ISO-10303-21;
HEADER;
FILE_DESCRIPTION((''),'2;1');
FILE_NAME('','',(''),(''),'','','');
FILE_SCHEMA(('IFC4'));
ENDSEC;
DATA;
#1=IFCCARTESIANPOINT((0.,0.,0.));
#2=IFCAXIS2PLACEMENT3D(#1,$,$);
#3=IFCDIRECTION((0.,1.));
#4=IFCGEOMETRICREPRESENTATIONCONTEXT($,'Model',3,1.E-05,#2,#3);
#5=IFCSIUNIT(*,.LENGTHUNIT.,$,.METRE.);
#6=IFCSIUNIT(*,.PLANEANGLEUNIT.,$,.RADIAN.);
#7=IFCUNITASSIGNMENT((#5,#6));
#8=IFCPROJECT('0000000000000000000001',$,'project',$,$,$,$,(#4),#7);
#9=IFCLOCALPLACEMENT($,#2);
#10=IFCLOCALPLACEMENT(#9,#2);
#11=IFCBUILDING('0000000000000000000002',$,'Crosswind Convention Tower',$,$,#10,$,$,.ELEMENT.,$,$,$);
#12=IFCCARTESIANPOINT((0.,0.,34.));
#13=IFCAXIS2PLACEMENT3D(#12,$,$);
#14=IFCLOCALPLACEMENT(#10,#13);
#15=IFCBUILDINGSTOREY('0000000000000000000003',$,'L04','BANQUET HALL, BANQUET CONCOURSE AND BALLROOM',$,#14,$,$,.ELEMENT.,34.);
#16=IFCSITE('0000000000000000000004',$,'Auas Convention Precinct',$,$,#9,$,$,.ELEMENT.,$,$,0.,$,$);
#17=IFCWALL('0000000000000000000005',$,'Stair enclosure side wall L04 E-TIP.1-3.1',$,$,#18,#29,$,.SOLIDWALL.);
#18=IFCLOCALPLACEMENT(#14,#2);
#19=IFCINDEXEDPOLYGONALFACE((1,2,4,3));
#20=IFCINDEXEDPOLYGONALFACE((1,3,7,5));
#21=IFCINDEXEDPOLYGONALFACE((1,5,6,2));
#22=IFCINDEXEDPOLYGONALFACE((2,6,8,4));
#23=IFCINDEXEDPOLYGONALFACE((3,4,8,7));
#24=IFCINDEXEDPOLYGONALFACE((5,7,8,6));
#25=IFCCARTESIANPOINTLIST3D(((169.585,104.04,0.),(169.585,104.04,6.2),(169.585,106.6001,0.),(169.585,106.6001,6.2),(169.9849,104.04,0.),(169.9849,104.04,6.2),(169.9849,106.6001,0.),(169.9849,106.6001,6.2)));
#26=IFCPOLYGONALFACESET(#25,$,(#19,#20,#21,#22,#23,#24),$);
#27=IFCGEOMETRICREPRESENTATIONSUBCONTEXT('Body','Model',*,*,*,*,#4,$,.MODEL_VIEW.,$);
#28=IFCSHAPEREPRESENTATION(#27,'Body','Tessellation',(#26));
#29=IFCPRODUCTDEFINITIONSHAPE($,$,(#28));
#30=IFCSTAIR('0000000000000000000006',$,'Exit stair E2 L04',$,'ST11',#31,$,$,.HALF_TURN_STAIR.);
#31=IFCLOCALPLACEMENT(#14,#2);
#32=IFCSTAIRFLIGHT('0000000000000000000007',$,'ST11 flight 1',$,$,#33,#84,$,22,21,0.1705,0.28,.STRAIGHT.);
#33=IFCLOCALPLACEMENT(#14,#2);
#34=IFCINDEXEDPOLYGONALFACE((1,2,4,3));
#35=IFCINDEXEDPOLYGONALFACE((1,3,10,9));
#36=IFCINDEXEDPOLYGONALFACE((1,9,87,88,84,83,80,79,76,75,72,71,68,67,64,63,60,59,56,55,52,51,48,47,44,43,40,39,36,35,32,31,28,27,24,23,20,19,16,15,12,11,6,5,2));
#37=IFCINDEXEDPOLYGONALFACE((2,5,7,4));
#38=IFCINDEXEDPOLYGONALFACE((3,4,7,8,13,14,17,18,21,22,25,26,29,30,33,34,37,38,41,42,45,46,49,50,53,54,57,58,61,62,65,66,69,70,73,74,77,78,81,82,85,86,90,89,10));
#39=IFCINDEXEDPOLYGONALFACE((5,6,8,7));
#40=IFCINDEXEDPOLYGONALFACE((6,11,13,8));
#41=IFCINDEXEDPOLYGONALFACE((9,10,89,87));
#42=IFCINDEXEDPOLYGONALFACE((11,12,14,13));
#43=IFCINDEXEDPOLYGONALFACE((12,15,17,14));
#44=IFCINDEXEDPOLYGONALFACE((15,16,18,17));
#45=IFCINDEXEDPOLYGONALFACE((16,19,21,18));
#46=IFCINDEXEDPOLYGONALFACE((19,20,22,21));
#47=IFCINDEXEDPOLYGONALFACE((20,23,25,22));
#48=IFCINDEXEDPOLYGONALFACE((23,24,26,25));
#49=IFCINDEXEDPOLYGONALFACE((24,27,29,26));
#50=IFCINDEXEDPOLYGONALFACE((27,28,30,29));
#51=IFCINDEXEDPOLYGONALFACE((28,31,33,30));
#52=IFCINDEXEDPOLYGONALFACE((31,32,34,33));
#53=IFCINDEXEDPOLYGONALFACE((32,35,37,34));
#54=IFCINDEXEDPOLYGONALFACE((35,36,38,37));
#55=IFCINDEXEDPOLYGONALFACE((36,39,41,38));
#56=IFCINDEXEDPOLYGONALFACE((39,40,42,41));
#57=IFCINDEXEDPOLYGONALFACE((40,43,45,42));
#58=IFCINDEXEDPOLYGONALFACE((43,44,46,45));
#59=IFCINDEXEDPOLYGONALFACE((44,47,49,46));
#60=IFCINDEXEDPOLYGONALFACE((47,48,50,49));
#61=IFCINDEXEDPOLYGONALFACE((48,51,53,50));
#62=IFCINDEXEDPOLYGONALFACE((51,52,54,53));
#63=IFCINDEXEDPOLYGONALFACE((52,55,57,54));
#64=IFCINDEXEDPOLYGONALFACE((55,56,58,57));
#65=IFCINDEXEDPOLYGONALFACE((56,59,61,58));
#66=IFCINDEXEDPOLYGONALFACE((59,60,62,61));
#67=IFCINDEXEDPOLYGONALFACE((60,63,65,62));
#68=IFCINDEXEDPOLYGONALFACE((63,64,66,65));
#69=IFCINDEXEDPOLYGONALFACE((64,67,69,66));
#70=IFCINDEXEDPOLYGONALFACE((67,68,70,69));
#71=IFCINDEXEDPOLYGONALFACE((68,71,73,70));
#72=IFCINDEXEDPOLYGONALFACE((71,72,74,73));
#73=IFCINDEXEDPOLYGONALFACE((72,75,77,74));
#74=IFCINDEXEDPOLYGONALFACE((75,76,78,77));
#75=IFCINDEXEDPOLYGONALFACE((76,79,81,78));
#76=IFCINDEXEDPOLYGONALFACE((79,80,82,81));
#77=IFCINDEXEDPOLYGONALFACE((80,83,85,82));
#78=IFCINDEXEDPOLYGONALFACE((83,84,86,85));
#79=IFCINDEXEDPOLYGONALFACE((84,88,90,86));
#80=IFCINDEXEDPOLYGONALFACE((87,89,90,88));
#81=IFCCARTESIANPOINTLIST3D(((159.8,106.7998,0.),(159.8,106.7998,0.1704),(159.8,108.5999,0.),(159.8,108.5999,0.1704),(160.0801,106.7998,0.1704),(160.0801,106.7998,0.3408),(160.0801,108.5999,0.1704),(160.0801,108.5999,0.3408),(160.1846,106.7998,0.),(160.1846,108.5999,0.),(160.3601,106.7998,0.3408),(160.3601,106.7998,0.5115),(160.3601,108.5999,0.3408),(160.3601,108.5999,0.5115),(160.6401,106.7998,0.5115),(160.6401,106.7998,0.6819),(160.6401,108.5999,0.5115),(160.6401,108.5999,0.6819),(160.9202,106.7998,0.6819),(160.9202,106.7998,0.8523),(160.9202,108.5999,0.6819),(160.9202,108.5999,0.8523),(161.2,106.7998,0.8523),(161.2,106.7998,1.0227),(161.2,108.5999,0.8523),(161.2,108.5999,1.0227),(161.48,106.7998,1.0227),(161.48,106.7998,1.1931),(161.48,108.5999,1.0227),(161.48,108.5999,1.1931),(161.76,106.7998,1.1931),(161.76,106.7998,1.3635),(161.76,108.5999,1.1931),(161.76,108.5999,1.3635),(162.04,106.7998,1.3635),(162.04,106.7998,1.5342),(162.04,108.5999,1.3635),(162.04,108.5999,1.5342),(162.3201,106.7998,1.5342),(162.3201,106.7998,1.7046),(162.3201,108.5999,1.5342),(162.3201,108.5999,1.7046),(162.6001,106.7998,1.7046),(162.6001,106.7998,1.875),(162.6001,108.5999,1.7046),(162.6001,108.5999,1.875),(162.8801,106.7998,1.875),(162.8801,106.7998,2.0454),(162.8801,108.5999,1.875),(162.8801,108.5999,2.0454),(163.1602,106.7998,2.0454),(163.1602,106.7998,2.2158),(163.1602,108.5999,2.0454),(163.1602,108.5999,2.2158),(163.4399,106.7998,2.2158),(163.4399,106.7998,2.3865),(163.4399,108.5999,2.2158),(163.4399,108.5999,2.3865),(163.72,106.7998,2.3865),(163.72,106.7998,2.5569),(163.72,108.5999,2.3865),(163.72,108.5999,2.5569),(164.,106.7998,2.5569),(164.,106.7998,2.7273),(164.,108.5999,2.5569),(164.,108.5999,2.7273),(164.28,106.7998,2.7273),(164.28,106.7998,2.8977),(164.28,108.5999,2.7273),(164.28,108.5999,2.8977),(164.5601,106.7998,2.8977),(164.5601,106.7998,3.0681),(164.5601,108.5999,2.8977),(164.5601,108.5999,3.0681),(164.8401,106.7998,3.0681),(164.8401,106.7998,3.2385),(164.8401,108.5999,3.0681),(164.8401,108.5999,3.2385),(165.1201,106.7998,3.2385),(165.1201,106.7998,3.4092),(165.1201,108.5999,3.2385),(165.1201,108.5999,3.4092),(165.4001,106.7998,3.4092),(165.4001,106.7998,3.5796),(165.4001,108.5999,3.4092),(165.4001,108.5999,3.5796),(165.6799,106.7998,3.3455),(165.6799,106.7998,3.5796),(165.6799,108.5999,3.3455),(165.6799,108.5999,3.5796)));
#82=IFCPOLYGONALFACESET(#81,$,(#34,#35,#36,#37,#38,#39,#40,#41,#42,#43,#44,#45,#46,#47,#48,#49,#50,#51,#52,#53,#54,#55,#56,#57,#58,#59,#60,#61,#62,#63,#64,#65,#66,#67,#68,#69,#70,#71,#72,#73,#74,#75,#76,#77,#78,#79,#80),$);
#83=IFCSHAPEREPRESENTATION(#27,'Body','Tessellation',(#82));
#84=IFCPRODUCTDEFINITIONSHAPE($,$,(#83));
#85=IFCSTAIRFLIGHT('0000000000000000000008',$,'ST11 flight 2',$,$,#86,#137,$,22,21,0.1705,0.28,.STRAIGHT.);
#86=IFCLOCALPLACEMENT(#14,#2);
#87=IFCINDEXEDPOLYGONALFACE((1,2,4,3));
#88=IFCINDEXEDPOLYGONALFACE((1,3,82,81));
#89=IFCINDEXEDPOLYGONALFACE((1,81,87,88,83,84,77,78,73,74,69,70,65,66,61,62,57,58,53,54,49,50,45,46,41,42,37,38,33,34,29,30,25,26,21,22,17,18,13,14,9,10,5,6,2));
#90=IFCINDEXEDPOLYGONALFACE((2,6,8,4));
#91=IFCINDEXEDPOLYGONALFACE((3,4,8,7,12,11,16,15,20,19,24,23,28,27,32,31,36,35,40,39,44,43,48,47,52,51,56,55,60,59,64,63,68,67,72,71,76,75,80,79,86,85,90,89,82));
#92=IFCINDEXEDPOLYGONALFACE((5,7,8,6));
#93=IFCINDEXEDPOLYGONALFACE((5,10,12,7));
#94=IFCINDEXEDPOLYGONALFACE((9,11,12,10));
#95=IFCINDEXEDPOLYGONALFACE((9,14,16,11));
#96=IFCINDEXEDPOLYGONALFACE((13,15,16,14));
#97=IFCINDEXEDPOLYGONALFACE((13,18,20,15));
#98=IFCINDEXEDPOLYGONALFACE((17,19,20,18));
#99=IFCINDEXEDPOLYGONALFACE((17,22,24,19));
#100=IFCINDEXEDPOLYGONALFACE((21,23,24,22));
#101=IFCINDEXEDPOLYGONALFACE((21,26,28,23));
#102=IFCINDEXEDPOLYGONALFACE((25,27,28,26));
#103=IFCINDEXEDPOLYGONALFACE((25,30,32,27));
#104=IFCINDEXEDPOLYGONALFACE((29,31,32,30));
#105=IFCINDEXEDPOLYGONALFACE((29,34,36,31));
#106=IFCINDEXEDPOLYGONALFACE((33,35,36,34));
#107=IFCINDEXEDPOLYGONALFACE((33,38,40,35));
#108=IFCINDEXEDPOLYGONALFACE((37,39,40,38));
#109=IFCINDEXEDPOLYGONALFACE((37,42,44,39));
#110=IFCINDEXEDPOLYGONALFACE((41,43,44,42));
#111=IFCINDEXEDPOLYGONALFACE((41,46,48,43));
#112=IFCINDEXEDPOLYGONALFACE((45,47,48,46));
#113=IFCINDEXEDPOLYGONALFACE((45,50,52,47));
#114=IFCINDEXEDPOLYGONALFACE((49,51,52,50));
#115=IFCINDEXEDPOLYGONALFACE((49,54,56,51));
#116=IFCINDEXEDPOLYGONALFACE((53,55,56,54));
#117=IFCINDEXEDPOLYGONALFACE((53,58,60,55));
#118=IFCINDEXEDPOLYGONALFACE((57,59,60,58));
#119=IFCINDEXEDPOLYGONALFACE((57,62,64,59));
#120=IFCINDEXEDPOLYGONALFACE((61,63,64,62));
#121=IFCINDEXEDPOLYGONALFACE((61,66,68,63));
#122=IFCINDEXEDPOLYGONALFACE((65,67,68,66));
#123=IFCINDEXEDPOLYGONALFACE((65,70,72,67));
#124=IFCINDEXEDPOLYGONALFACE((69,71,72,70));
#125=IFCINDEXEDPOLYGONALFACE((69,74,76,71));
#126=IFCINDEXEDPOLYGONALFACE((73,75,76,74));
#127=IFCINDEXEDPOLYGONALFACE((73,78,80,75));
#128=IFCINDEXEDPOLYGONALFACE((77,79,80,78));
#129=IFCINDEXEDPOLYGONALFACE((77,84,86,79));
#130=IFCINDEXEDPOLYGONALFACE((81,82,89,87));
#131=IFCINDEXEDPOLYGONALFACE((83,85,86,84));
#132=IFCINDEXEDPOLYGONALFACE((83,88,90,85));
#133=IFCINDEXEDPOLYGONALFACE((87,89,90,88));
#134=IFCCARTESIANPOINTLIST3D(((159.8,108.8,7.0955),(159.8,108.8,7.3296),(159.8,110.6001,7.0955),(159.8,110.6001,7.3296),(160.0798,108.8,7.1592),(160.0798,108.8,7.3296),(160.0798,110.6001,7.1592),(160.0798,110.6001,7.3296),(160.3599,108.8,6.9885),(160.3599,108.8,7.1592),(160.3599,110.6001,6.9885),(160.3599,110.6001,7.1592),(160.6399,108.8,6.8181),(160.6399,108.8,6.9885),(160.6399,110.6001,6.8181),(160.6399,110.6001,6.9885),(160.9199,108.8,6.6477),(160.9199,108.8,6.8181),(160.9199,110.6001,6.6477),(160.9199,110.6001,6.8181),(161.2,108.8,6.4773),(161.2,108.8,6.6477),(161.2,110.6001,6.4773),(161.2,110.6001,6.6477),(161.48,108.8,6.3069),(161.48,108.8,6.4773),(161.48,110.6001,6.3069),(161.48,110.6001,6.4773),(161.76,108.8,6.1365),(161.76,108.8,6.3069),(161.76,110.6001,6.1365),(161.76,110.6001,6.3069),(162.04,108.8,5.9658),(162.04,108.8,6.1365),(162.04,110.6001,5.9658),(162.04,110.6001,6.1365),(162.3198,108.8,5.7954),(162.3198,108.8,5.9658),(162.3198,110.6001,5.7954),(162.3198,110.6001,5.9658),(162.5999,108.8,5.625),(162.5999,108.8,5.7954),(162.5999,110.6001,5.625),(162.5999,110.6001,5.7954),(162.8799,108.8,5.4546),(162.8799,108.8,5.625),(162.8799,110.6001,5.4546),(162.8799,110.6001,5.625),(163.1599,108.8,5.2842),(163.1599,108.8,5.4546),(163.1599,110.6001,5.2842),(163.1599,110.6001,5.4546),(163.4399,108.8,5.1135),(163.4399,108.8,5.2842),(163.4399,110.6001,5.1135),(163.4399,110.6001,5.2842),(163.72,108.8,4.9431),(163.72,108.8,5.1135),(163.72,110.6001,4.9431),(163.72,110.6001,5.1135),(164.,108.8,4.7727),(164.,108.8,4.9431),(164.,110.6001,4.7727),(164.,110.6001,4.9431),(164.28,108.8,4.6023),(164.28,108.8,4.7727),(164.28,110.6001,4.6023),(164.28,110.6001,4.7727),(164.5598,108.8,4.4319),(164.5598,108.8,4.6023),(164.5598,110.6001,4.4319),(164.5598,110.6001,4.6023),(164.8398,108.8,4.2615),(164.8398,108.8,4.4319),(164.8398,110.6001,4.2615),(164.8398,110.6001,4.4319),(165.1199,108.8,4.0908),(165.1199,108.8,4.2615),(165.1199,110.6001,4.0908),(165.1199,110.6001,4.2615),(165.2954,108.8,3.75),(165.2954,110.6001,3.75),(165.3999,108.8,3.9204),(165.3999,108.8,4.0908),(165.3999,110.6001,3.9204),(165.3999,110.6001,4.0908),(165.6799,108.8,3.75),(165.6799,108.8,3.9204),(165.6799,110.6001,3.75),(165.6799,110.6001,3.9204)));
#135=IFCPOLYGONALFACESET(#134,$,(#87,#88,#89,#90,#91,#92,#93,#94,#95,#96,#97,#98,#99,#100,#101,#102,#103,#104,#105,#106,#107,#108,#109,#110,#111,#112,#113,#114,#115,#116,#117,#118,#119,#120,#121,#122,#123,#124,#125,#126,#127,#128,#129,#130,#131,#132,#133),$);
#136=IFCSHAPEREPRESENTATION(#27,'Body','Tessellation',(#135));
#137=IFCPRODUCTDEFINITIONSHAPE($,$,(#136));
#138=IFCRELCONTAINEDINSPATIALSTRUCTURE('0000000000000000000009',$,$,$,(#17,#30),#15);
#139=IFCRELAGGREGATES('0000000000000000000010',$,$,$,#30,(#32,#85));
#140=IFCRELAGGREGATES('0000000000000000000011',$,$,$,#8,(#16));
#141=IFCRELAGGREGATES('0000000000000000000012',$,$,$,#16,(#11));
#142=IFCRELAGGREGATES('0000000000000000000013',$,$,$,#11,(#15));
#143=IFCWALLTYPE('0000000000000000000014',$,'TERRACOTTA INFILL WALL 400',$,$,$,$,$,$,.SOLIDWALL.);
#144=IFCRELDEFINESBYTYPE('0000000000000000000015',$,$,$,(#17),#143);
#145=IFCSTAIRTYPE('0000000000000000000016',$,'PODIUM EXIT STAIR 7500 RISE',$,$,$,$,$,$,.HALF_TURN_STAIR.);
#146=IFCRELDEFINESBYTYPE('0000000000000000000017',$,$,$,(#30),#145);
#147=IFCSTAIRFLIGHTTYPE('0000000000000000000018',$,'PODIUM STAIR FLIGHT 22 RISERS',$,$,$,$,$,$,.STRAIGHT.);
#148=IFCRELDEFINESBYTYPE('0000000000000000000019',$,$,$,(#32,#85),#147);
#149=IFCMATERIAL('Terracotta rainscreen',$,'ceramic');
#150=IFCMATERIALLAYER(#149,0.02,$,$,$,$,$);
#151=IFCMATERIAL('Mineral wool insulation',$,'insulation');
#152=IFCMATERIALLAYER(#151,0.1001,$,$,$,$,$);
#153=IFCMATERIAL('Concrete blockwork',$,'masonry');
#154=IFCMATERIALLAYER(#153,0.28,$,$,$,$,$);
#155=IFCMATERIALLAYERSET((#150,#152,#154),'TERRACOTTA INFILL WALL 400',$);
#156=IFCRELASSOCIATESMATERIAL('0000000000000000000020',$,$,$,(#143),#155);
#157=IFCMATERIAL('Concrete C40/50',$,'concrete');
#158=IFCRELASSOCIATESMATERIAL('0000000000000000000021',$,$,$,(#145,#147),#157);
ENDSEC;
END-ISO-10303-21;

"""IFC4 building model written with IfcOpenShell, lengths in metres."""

from ifc_helpers import new_model, si_unit, direction, frame, frame_2d, origin, place, context, subcontext, project, spatial, polyline, rectangle, outline, extrude, material, layer, layer_set, type_object, element, aggregate, save


model = new_model("IFC4")

# Units and contexts
model_context = context("Model", 3, precision=1e-05, world=origin(), true_north=direction((0.0, 1.0)))
body_context = subcontext(model_context, "Body", "Model", "MODEL_VIEW")
ifc_project = project(units=[si_unit("LENGTHUNIT", "METRE"), si_unit("PLANEANGLEUNIT", "RADIAN")], contexts=[model_context])

# Site, building, storey
site_placement = place(None, origin())
site = spatial("IfcSite", under=ifc_project, at=site_placement, Name="Auas Convention Precinct", CompositionType="ELEMENT", RefElevation=0.0)
building_placement = place(site_placement, origin())
building = spatial("IfcBuilding", under=site, at=building_placement, Name="Crosswind Convention Tower", CompositionType="ELEMENT")
storey_placement = place(building_placement, frame((0.0, 0.0, 34.0)))
storey = spatial("IfcBuildingStorey", under=building, at=storey_placement, Name="L04", Description="BANQUET HALL, BANQUET CONCOURSE AND BALLROOM", CompositionType="ELEMENT", Elevation=34.0)

# Shared definitions
ifc_material_1 = material(Name="Concrete C40/50", Category="concrete")

# Wall
ifc_material_2 = material(Name="Terracotta rainscreen", Category="ceramic")
ifc_layer_1 = layer(ifc_material_2, 0.02)
ifc_material_3 = material(Name="Mineral wool insulation", Category="insulation")
ifc_layer_2 = layer(ifc_material_3, 0.1001)
ifc_material_4 = material(Name="Concrete blockwork", Category="masonry")
ifc_layer_3 = layer(ifc_material_4, 0.28)
ifc_layer_set_1 = layer_set([ifc_layer_1, ifc_layer_2, ifc_layer_3], Name="TERRACOTTA INFILL WALL 400")
wall_type_1 = type_object("IfcWallType", Name="TERRACOTTA INFILL WALL 400", PredefinedType="SOLIDWALL", material=ifc_layer_set_1)
wall_1_placement = place(storey_placement, frame((169.7849, 104.04, 0.0), z_axis=(0.0, 0.0, 1.0), x_axis=(0.0, 1.0, 0.0)))
element("IfcWall", 1, at=wall_1_placement, inside=storey, type_object=wall_type_1, Name="Stair enclosure side wall L04 E-TIP.1-3.1", PredefinedType="SOLIDWALL", context=body_context, shape_type="SweptSolid", body=[
    extrude(rectangle(XDim=2.5601, YDim=0.3999, at=frame_2d((1.28, 0.0))), origin(), (0.0, 0.0, 1.0), 6.2),
])

# Stair, stair flights
stair_type = type_object("IfcStairType", Name="PODIUM EXIT STAIR 7500 RISE", PredefinedType="HALF_TURN_STAIR", material=ifc_material_1)
stair_placement = place(storey_placement, origin())
stair = element("IfcStair", 2, at=stair_placement, inside=storey, type_object=stair_type, Name="Exit stair E2 L04", ObjectType="ST11", PredefinedType="HALF_TURN_STAIR")
stair_flight_type = type_object("IfcStairFlightType", Name="PODIUM STAIR FLIGHT 22 RISERS", PredefinedType="STRAIGHT", material=ifc_material_1)
stair_flight_1_placement = place(storey_placement, frame((159.8, 107.7, 0.0), z_axis=(0.0, 0.0, 1.0), x_axis=(1.0, 0.0, 0.0)))
stair_flight_1 = element("IfcStairFlight", 3, at=stair_flight_1_placement, type_object=stair_flight_type, Name="ST11 flight 1", NumberOfRisers=22, NumberOfTreads=21, PredefinedType="STRAIGHT", RiserHeight=0.1705, TreadLength=0.28, context=body_context, shape_type="SweptSolid", body=[
    extrude(outline(polyline([(0.0, 0.0), (0.0, 0.1704), (0.28, 0.1704), (0.28, 0.3408), (0.5601, 0.3408), (0.5601, 0.5115), (0.8401, 0.5115), (0.8401, 0.6819), (1.1201, 0.6819), (1.1201, 0.8523), (1.3999, 0.8523), (1.3999, 1.0227), (1.6799, 1.0227), (1.6799, 1.1931), (1.96, 1.1931), (1.96, 1.3635), (2.24, 1.3635), (2.24, 1.5342), (2.52, 1.5342), (2.52, 1.7046), (2.8, 1.7046), (2.8, 1.875), (3.0801, 1.875), (3.0801, 2.0454), (3.3601, 2.0454), (3.3601, 2.2158), (3.6399, 2.2158), (3.6399, 2.3865), (3.9199, 2.3865), (3.9199, 2.5569), (4.2, 2.5569), (4.2, 2.7273), (4.48, 2.7273), (4.48, 2.8977), (4.76, 2.8977), (4.76, 3.0681), (5.04, 3.0681), (5.04, 3.2385), (5.3201, 3.2385), (5.3201, 3.4092), (5.6001, 3.4092), (5.6001, 3.5796), (5.8799, 3.5796), (5.8799, 3.75), (5.8799, 3.3455), (0.3845, 0.0), (0.0, 0.0)])), frame((0.0, 0.8999, 0.0), z_axis=(0.0, -1.0, 0.0), x_axis=(1.0, 0.0, 0.0)), (0.0, 0.0, 1.0), 1.8),
])
stair_flight_2_placement = place(storey_placement, frame((165.6799, 109.7, 3.75), z_axis=(0.0, 0.0, 1.0), x_axis=(-1.0, 0.0, 0.0)))
stair_flight_2 = element("IfcStairFlight", 4, at=stair_flight_2_placement, type_object=stair_flight_type, Name="ST11 flight 2", NumberOfRisers=22, NumberOfTreads=21, PredefinedType="STRAIGHT", RiserHeight=0.1705, TreadLength=0.28, context=body_context, shape_type="SweptSolid", body=[
    extrude(outline(polyline([(0.0, 0.0), (0.0, 0.1704), (0.28, 0.1704), (0.28, 0.3408), (0.5601, 0.3408), (0.5601, 0.5115), (0.8401, 0.5115), (0.8401, 0.6819), (1.1201, 0.6819), (1.1201, 0.8523), (1.3999, 0.8523), (1.3999, 1.0227), (1.6799, 1.0227), (1.6799, 1.1931), (1.96, 1.1931), (1.96, 1.3635), (2.24, 1.3635), (2.24, 1.5342), (2.52, 1.5342), (2.52, 1.7046), (2.8, 1.7046), (2.8, 1.875), (3.0801, 1.875), (3.0801, 2.0454), (3.3601, 2.0454), (3.3601, 2.2158), (3.6399, 2.2158), (3.6399, 2.3865), (3.9199, 2.3865), (3.9199, 2.5569), (4.2, 2.5569), (4.2, 2.7273), (4.48, 2.7273), (4.48, 2.8977), (4.76, 2.8977), (4.76, 3.0681), (5.04, 3.0681), (5.04, 3.2385), (5.3201, 3.2385), (5.3201, 3.4092), (5.6001, 3.4092), (5.6001, 3.5796), (5.8799, 3.5796), (5.8799, 3.75), (5.8799, 3.3455), (0.3845, 0.0), (0.0, 0.0)])), frame((0.0, 0.8999, 0.0), z_axis=(0.0, -1.0, 0.0), x_axis=(1.0, 0.0, 0.0)), (0.0, 0.0, 1.0), 1.8),
])
aggregate(stair, [stair_flight_1, stair_flight_2])

save(model, "model.ifc")
